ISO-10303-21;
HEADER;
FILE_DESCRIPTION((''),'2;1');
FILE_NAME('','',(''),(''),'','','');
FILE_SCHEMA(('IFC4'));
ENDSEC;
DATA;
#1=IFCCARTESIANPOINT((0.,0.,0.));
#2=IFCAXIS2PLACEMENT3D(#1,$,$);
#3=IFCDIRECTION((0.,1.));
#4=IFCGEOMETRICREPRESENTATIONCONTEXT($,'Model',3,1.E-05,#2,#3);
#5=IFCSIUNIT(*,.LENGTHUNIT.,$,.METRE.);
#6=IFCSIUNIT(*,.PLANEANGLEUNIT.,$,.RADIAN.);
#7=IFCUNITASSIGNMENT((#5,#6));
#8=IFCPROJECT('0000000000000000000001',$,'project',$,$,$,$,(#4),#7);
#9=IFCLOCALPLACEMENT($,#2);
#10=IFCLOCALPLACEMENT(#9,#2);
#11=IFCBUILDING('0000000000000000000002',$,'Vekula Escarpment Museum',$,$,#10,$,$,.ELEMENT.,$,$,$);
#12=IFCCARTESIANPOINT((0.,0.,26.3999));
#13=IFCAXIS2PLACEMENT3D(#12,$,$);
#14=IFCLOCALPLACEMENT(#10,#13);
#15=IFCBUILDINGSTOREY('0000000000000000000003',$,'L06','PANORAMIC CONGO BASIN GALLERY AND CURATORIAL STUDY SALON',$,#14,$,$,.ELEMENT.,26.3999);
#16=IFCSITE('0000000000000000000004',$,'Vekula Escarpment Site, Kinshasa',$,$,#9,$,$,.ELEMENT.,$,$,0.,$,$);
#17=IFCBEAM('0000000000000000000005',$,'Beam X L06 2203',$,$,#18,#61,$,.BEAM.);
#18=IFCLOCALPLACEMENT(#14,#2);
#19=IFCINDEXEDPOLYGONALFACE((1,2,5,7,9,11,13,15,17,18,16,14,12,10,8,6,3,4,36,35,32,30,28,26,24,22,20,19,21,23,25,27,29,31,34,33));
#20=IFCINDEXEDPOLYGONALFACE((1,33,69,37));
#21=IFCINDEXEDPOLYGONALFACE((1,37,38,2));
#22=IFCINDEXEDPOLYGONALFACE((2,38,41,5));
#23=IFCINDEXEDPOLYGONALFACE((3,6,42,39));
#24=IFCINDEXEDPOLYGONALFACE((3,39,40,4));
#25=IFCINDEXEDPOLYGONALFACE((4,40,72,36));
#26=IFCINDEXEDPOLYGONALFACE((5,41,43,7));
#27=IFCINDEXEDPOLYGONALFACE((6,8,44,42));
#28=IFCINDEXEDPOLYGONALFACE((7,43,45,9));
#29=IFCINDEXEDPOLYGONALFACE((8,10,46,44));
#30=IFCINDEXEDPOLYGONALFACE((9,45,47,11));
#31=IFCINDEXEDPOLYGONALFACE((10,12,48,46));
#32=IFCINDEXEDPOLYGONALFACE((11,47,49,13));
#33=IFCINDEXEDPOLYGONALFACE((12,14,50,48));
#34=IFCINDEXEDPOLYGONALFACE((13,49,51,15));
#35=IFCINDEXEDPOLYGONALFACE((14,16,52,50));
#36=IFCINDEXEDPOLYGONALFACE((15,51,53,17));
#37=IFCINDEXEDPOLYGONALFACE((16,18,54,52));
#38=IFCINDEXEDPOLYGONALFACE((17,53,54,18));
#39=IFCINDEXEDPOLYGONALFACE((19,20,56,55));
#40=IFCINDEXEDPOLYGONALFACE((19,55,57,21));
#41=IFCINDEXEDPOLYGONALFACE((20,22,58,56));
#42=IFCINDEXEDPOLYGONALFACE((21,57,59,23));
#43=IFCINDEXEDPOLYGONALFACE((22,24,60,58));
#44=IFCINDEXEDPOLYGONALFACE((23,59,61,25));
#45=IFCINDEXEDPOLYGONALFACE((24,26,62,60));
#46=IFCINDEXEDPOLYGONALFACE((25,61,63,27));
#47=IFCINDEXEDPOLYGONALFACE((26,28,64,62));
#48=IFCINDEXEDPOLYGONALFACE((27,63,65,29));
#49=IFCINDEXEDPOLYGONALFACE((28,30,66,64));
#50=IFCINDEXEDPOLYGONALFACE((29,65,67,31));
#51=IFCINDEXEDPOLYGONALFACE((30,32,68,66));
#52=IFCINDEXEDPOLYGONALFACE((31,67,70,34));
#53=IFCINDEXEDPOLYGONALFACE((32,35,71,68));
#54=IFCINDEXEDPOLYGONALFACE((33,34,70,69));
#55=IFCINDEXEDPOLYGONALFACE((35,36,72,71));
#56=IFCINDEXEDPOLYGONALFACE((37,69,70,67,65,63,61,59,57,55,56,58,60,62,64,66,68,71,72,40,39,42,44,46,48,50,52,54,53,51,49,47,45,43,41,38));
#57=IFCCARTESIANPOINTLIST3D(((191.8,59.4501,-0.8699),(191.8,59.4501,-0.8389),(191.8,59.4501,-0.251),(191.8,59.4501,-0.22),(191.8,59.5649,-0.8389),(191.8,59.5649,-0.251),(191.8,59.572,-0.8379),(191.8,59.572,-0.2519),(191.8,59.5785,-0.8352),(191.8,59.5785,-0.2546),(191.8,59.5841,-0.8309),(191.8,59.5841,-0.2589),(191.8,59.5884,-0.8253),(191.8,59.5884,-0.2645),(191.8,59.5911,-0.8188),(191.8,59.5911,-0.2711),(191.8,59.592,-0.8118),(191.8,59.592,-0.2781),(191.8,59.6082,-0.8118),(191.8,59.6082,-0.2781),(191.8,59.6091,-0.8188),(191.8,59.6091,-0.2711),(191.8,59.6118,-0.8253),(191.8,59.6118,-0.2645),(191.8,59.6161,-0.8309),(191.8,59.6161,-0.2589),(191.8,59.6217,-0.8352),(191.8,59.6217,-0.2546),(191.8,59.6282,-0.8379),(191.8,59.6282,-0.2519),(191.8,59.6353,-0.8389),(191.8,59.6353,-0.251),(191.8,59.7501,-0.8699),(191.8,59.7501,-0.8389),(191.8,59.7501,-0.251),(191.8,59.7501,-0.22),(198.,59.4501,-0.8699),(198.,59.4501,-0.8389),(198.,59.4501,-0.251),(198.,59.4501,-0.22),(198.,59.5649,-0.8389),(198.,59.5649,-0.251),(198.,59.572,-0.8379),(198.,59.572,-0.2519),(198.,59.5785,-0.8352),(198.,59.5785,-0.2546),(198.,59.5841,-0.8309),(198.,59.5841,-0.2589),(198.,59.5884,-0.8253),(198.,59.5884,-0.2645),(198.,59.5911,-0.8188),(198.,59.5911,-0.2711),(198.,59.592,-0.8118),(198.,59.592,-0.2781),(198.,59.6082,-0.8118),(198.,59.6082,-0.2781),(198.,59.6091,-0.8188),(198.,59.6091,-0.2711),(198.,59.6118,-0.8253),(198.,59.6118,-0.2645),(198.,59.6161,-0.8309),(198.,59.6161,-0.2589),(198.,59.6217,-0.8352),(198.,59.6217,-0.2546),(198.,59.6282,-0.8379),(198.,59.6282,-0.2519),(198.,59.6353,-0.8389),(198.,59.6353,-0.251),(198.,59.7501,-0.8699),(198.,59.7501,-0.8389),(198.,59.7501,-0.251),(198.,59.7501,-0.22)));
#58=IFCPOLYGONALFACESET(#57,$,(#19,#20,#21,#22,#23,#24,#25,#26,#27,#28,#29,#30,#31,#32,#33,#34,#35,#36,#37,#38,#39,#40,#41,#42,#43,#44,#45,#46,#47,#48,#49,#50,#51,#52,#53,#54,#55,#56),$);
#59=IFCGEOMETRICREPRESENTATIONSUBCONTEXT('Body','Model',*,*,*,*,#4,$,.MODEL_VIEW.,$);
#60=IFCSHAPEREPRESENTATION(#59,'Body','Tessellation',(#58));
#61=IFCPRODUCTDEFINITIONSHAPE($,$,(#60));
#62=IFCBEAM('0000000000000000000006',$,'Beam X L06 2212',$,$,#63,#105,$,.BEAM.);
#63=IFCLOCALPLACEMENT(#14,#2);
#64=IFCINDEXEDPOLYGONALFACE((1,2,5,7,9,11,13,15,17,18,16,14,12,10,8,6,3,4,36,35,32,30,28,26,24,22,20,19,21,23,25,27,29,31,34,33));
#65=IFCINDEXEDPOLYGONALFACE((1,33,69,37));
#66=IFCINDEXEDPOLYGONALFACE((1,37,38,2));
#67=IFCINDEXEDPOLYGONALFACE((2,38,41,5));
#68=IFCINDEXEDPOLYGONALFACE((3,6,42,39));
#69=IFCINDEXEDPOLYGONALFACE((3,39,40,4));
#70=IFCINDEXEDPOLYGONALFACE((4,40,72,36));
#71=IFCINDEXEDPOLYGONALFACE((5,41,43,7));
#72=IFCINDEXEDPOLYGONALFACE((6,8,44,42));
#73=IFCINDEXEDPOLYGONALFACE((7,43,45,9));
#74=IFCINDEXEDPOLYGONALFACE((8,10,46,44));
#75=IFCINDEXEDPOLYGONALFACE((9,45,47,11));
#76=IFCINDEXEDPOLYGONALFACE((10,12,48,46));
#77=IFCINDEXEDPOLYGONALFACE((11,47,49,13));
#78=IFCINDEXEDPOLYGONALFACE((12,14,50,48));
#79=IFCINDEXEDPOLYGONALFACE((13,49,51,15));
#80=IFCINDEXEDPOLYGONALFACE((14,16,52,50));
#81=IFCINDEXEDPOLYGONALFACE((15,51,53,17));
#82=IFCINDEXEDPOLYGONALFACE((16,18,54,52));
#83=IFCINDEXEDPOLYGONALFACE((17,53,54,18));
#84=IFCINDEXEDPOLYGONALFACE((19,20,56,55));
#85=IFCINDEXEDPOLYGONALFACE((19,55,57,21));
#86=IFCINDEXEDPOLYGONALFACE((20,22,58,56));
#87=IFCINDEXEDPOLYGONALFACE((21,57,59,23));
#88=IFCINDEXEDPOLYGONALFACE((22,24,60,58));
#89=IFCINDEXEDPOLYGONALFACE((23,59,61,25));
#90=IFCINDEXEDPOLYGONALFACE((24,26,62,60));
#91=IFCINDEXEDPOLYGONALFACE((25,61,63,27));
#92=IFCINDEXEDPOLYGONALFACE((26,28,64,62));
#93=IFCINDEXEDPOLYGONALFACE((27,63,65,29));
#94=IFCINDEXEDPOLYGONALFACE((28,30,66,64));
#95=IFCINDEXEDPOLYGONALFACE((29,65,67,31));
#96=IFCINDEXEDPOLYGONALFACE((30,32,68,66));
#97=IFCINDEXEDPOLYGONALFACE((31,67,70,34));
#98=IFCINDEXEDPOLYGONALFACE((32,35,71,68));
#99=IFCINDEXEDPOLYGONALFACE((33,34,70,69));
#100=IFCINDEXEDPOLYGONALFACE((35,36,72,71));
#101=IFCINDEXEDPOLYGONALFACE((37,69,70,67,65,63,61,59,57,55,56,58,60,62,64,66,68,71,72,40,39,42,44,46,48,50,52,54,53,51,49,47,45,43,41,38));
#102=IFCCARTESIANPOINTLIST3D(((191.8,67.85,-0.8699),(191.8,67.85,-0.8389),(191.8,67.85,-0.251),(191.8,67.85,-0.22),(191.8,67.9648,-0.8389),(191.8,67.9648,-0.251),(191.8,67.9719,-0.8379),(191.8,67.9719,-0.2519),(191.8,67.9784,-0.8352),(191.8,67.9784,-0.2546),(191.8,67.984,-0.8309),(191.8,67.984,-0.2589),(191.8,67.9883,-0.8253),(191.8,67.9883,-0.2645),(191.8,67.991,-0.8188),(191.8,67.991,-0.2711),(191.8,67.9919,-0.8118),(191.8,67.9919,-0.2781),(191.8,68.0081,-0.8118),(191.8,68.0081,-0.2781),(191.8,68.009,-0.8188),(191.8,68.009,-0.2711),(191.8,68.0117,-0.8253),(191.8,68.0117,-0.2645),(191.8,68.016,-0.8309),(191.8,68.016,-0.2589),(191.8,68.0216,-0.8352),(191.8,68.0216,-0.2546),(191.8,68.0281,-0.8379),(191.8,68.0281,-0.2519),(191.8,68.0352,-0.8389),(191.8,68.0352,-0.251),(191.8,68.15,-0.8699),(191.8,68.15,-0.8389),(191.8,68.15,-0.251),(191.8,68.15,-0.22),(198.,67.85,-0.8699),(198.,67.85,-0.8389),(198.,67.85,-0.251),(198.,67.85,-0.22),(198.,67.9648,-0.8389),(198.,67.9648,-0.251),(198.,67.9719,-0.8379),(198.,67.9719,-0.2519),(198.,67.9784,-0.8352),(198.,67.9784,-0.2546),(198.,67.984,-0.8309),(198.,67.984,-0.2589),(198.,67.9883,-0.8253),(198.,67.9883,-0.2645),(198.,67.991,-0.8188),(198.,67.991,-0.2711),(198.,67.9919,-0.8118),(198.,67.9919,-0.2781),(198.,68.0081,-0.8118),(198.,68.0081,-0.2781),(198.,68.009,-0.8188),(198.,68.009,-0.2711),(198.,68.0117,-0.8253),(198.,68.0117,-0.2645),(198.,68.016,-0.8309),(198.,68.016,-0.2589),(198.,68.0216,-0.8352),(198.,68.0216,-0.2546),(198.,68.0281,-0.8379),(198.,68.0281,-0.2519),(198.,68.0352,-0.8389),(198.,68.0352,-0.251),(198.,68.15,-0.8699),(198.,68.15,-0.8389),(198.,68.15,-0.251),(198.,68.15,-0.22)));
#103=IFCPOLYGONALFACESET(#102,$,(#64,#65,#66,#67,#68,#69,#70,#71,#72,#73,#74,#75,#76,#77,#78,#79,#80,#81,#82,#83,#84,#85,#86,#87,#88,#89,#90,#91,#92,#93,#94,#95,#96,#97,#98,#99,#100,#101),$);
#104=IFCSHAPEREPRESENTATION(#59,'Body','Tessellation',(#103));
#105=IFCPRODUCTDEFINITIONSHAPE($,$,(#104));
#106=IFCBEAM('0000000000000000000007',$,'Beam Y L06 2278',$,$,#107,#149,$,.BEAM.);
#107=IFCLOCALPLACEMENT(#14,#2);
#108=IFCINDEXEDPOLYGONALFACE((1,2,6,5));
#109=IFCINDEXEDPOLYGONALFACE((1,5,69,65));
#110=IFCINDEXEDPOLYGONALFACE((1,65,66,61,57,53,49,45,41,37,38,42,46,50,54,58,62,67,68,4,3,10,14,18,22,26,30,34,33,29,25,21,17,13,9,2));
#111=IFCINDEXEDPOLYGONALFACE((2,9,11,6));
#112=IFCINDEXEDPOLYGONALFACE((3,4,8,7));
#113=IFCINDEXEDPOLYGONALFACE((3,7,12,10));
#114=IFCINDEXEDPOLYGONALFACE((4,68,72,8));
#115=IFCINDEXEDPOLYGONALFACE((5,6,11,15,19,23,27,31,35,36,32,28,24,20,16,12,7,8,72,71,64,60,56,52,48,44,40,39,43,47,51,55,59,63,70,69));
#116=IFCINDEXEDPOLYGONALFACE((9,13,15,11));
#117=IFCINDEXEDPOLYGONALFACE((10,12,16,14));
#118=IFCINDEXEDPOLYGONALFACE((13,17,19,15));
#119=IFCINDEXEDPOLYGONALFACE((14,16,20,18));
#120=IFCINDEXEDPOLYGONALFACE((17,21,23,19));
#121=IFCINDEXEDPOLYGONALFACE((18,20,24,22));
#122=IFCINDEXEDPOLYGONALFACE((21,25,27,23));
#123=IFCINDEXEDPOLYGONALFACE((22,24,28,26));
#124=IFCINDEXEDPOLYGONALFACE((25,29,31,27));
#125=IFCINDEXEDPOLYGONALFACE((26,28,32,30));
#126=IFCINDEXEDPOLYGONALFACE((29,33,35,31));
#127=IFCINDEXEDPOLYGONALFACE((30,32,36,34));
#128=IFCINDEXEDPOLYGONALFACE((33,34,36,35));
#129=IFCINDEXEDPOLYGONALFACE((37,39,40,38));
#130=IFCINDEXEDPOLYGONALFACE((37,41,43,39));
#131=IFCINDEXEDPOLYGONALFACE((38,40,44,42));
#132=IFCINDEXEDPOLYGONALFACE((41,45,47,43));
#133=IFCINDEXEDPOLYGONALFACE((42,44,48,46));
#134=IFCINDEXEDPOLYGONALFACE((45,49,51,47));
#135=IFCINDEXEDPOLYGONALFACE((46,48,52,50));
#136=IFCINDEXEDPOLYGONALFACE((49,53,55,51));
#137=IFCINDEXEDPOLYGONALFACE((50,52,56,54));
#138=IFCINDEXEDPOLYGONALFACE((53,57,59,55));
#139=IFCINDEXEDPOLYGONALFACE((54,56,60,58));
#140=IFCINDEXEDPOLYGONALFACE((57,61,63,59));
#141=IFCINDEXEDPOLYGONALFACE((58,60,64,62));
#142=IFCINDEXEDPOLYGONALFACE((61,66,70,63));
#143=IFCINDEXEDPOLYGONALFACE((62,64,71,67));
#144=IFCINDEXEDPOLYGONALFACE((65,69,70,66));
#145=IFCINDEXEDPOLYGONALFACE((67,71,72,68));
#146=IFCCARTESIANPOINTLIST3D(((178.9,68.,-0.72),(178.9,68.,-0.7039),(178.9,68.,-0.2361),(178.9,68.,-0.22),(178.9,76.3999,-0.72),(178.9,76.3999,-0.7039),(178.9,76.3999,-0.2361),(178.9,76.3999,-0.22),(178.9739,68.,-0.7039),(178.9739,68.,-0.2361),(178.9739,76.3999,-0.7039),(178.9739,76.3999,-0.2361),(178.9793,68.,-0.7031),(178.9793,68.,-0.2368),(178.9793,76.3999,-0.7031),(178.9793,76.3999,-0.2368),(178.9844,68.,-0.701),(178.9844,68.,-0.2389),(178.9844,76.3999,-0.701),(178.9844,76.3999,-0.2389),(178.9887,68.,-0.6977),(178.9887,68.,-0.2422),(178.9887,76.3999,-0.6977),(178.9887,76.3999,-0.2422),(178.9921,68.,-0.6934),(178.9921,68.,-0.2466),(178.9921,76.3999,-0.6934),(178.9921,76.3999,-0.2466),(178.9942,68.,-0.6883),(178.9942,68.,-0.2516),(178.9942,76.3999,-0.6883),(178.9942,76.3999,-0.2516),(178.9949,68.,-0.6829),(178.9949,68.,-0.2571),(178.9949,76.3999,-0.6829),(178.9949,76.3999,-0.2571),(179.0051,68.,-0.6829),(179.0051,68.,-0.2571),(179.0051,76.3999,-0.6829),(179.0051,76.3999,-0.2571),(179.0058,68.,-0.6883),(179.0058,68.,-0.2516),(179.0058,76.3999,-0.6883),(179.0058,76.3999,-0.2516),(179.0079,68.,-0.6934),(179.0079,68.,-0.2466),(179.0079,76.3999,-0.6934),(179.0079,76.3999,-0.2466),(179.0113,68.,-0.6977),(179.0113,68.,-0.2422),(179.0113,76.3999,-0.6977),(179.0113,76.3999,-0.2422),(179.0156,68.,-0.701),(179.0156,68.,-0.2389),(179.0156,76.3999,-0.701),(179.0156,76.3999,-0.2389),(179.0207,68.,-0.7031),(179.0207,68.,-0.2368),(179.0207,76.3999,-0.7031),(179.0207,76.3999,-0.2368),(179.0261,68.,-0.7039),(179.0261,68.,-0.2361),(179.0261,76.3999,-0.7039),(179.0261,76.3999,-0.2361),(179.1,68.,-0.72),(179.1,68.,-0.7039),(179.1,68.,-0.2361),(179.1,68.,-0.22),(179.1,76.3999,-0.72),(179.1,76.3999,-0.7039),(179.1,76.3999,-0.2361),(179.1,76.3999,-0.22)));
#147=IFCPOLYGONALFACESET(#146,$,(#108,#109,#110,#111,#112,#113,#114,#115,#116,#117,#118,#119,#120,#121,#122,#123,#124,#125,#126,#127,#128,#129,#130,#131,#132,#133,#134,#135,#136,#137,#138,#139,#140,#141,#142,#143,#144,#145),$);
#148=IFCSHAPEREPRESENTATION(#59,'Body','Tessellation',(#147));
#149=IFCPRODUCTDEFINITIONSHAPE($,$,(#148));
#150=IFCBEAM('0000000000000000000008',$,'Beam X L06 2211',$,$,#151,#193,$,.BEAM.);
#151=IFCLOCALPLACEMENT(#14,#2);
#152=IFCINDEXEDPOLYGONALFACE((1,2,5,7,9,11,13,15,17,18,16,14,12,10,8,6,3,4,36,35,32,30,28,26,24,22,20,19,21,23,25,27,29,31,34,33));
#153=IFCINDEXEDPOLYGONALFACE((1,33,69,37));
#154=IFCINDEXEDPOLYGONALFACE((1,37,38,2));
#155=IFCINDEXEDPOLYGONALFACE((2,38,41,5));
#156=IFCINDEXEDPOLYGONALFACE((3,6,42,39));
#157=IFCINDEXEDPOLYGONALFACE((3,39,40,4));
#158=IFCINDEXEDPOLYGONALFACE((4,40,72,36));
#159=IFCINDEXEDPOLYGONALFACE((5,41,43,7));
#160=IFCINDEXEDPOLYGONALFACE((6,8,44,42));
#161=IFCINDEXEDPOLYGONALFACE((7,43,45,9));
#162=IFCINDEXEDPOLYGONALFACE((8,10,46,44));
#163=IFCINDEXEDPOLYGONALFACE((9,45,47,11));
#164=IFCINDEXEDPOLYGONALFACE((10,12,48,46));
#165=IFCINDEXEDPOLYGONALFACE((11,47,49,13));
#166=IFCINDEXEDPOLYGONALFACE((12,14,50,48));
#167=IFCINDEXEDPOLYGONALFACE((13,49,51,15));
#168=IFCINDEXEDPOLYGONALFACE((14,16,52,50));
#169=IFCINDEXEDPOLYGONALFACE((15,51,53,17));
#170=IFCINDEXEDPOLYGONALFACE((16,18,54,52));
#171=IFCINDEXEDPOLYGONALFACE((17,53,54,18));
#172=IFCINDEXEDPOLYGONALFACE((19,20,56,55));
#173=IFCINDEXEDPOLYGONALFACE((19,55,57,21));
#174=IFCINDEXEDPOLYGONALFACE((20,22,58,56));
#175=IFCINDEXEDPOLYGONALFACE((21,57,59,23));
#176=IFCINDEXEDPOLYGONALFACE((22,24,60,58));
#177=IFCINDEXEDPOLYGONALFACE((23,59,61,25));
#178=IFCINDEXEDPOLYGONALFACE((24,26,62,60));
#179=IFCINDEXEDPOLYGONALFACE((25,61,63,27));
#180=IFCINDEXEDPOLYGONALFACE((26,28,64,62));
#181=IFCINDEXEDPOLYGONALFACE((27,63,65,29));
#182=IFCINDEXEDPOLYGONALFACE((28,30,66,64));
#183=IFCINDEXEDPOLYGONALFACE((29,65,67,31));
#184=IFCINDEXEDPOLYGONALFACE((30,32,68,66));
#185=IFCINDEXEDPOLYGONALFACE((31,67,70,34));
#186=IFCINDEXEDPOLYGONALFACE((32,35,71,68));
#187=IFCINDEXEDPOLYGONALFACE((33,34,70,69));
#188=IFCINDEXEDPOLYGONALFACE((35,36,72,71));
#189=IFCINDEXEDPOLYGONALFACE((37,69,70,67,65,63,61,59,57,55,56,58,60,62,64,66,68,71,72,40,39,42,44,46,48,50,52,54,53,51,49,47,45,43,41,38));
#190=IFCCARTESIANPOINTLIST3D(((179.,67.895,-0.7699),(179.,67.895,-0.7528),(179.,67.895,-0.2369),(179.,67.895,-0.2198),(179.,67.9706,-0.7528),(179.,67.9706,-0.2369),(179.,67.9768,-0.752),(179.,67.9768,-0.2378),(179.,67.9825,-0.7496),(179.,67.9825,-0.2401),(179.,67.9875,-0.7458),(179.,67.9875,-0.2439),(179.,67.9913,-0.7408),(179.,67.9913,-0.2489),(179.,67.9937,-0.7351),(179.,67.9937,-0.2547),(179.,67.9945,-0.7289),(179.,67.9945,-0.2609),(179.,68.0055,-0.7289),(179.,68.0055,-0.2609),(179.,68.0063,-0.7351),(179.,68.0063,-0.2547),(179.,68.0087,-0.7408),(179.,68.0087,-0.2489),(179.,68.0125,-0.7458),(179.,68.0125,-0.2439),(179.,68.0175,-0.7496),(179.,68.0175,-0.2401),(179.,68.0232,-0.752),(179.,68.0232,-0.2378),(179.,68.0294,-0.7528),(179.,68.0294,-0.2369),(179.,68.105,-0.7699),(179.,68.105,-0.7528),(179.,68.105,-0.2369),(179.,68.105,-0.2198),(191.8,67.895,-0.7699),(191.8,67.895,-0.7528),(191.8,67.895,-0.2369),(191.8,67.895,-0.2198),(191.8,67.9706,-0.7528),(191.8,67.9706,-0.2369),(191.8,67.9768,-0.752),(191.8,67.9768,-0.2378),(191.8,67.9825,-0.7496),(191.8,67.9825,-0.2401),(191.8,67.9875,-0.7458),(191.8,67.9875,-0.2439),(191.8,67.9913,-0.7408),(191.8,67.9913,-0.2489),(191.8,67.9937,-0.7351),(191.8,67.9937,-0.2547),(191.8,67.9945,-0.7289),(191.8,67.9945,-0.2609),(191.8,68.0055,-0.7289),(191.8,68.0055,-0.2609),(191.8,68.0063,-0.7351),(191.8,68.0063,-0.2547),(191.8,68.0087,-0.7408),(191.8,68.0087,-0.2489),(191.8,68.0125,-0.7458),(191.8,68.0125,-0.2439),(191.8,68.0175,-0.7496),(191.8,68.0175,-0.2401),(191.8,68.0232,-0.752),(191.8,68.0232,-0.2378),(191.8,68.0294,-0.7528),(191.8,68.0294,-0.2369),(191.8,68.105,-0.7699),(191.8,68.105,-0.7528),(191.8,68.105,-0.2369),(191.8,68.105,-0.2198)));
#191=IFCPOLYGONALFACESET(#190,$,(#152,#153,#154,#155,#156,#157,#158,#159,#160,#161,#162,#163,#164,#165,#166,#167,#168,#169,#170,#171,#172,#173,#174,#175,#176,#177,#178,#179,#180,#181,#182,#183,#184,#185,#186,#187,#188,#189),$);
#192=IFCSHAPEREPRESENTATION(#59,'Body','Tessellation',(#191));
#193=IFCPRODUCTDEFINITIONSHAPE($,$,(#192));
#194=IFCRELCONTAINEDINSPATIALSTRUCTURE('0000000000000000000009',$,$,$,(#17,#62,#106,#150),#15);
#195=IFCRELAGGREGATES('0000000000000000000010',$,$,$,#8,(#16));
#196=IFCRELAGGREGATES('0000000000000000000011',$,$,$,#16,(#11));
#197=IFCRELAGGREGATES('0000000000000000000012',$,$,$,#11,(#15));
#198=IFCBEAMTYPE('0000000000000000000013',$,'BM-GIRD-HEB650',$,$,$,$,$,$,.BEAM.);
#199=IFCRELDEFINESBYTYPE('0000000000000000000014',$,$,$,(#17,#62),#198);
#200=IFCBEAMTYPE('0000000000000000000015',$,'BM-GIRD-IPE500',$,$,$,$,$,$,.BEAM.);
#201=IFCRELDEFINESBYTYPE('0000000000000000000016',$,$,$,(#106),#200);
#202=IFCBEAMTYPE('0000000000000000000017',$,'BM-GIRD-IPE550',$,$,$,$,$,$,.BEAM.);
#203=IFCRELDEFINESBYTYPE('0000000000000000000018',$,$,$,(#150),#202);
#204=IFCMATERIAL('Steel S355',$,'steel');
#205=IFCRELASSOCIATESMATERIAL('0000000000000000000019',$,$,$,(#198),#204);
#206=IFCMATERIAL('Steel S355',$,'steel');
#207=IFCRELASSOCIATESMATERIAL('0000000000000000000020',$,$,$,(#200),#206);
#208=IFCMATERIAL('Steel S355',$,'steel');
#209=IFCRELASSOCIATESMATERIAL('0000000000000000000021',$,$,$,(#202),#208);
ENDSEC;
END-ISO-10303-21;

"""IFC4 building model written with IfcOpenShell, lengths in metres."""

from ifc_helpers import new_model, si_unit, direction, frame, origin, origin_2d, place, context, subcontext, project, spatial, i_section, extrude, material, material_profile, profile_set, type_object, element, save


model = new_model("IFC4")

# Units and contexts
model_context = context("Model", 3, precision=1e-05, world=origin(), true_north=direction((0.0, 1.0)))
body_context = subcontext(model_context, "Body", "Model", "MODEL_VIEW")
ifc_project = project(units=[si_unit("LENGTHUNIT", "METRE"), si_unit("PLANEANGLEUNIT", "RADIAN")], contexts=[model_context])

# Site, building, storey
site_placement = place(None, origin())
site = spatial("IfcSite", under=ifc_project, at=site_placement, Name="Vekula Escarpment Site, Kinshasa", CompositionType="ELEMENT", RefElevation=0.0)
building_placement = place(site_placement, origin())
building = spatial("IfcBuilding", under=site, at=building_placement, Name="Vekula Escarpment Museum", CompositionType="ELEMENT")
storey_placement = place(building_placement, frame((0.0, 0.0, 26.3999)))
storey = spatial("IfcBuildingStorey", under=building, at=storey_placement, Name="L06", Description="PANORAMIC CONGO BASIN GALLERY AND CURATORIAL STUDY SALON", CompositionType="ELEMENT", Elevation=26.3999)

# Beams
ifc_material_1 = material(Name="Steel S355", Category="steel")
ifc_material_profile_1 = material_profile(ifc_material_1, i_section(OverallWidth=0.3, OverallDepth=0.6499, WebThickness=0.0161, FlangeThickness=0.031, FilletRadius=0.0271, at=origin_2d()), Name="HEB 650")
ifc_profile_set_1 = profile_set([ifc_material_profile_1], Name="Steel S355")
beam_type_1 = type_object("IfcBeamType", Name="BM-GIRD-HEB650", PredefinedType="BEAM", material=ifc_profile_set_1)
for number, where, z_axis, x_axis, name in (
    (1, (191.8, 59.6001, -0.5449), (1.0, 0.0, 0.0), (0.0, 1.0, 0.0), "Beam X L06 2203"),
    (2, (191.8, 68.0, -0.5449), (1.0, 0.0, 0.0), (0.0, 1.0, 0.0), "Beam X L06 2212"),
):
    element("IfcBeam", number, at=place(storey_placement, frame(where, z_axis=z_axis, x_axis=x_axis)), inside=storey, type_object=beam_type_1, Name=name, PredefinedType="BEAM", context=body_context, shape_type="SweptSolid", body=[
        extrude(i_section(OverallWidth=0.3, OverallDepth=0.6499, WebThickness=0.0161, FlangeThickness=0.031, FilletRadius=0.0271, at=origin_2d()), origin(), (0.0, 0.0, 1.0), 6.2),
    ])
ifc_material_2 = material(Name="Steel S355", Category="steel")
ifc_material_profile_2 = material_profile(ifc_material_2, i_section(OverallWidth=0.2, OverallDepth=0.5, WebThickness=0.0103, FlangeThickness=0.0161, FilletRadius=0.021, at=origin_2d()), Name="IPE 500")
ifc_profile_set_2 = profile_set([ifc_material_profile_2], Name="Steel S355")
beam_type_2 = type_object("IfcBeamType", Name="BM-GIRD-IPE500", PredefinedType="BEAM", material=ifc_profile_set_2)
beam_1_placement = place(storey_placement, frame((179.0, 68.0, -0.47), z_axis=(0.0, 1.0, 0.0), x_axis=(-1.0, 0.0, 0.0)))
element("IfcBeam", 3, at=beam_1_placement, inside=storey, type_object=beam_type_2, Name="Beam Y L06 2278", PredefinedType="BEAM", context=body_context, shape_type="SweptSolid", body=[
    extrude(i_section(OverallWidth=0.2, OverallDepth=0.5, WebThickness=0.0103, FlangeThickness=0.0161, FilletRadius=0.021, at=origin_2d()), origin(), (0.0, 0.0, 1.0), 8.3999),
])
ifc_material_3 = material(Name="Steel S355", Category="steel")
ifc_material_profile_3 = material_profile(ifc_material_3, i_section(OverallWidth=0.21, OverallDepth=0.55, WebThickness=0.011, FlangeThickness=0.0171, FilletRadius=0.0239, at=origin_2d()), Name="IPE 550")
ifc_profile_set_3 = profile_set([ifc_material_profile_3], Name="Steel S355")
beam_type_3 = type_object("IfcBeamType", Name="BM-GIRD-IPE550", PredefinedType="BEAM", material=ifc_profile_set_3)
beam_2_placement = place(storey_placement, frame((179.0, 68.0, -0.4949), z_axis=(1.0, 0.0, 0.0), x_axis=(0.0, 1.0, 0.0)))
element("IfcBeam", 4, at=beam_2_placement, inside=storey, type_object=beam_type_3, Name="Beam X L06 2211", PredefinedType="BEAM", context=body_context, shape_type="SweptSolid", body=[
    extrude(i_section(OverallWidth=0.21, OverallDepth=0.55, WebThickness=0.011, FlangeThickness=0.0171, FilletRadius=0.0239, at=origin_2d()), origin(), (0.0, 0.0, 1.0), 12.8),
])

save(model, "model.ifc")
